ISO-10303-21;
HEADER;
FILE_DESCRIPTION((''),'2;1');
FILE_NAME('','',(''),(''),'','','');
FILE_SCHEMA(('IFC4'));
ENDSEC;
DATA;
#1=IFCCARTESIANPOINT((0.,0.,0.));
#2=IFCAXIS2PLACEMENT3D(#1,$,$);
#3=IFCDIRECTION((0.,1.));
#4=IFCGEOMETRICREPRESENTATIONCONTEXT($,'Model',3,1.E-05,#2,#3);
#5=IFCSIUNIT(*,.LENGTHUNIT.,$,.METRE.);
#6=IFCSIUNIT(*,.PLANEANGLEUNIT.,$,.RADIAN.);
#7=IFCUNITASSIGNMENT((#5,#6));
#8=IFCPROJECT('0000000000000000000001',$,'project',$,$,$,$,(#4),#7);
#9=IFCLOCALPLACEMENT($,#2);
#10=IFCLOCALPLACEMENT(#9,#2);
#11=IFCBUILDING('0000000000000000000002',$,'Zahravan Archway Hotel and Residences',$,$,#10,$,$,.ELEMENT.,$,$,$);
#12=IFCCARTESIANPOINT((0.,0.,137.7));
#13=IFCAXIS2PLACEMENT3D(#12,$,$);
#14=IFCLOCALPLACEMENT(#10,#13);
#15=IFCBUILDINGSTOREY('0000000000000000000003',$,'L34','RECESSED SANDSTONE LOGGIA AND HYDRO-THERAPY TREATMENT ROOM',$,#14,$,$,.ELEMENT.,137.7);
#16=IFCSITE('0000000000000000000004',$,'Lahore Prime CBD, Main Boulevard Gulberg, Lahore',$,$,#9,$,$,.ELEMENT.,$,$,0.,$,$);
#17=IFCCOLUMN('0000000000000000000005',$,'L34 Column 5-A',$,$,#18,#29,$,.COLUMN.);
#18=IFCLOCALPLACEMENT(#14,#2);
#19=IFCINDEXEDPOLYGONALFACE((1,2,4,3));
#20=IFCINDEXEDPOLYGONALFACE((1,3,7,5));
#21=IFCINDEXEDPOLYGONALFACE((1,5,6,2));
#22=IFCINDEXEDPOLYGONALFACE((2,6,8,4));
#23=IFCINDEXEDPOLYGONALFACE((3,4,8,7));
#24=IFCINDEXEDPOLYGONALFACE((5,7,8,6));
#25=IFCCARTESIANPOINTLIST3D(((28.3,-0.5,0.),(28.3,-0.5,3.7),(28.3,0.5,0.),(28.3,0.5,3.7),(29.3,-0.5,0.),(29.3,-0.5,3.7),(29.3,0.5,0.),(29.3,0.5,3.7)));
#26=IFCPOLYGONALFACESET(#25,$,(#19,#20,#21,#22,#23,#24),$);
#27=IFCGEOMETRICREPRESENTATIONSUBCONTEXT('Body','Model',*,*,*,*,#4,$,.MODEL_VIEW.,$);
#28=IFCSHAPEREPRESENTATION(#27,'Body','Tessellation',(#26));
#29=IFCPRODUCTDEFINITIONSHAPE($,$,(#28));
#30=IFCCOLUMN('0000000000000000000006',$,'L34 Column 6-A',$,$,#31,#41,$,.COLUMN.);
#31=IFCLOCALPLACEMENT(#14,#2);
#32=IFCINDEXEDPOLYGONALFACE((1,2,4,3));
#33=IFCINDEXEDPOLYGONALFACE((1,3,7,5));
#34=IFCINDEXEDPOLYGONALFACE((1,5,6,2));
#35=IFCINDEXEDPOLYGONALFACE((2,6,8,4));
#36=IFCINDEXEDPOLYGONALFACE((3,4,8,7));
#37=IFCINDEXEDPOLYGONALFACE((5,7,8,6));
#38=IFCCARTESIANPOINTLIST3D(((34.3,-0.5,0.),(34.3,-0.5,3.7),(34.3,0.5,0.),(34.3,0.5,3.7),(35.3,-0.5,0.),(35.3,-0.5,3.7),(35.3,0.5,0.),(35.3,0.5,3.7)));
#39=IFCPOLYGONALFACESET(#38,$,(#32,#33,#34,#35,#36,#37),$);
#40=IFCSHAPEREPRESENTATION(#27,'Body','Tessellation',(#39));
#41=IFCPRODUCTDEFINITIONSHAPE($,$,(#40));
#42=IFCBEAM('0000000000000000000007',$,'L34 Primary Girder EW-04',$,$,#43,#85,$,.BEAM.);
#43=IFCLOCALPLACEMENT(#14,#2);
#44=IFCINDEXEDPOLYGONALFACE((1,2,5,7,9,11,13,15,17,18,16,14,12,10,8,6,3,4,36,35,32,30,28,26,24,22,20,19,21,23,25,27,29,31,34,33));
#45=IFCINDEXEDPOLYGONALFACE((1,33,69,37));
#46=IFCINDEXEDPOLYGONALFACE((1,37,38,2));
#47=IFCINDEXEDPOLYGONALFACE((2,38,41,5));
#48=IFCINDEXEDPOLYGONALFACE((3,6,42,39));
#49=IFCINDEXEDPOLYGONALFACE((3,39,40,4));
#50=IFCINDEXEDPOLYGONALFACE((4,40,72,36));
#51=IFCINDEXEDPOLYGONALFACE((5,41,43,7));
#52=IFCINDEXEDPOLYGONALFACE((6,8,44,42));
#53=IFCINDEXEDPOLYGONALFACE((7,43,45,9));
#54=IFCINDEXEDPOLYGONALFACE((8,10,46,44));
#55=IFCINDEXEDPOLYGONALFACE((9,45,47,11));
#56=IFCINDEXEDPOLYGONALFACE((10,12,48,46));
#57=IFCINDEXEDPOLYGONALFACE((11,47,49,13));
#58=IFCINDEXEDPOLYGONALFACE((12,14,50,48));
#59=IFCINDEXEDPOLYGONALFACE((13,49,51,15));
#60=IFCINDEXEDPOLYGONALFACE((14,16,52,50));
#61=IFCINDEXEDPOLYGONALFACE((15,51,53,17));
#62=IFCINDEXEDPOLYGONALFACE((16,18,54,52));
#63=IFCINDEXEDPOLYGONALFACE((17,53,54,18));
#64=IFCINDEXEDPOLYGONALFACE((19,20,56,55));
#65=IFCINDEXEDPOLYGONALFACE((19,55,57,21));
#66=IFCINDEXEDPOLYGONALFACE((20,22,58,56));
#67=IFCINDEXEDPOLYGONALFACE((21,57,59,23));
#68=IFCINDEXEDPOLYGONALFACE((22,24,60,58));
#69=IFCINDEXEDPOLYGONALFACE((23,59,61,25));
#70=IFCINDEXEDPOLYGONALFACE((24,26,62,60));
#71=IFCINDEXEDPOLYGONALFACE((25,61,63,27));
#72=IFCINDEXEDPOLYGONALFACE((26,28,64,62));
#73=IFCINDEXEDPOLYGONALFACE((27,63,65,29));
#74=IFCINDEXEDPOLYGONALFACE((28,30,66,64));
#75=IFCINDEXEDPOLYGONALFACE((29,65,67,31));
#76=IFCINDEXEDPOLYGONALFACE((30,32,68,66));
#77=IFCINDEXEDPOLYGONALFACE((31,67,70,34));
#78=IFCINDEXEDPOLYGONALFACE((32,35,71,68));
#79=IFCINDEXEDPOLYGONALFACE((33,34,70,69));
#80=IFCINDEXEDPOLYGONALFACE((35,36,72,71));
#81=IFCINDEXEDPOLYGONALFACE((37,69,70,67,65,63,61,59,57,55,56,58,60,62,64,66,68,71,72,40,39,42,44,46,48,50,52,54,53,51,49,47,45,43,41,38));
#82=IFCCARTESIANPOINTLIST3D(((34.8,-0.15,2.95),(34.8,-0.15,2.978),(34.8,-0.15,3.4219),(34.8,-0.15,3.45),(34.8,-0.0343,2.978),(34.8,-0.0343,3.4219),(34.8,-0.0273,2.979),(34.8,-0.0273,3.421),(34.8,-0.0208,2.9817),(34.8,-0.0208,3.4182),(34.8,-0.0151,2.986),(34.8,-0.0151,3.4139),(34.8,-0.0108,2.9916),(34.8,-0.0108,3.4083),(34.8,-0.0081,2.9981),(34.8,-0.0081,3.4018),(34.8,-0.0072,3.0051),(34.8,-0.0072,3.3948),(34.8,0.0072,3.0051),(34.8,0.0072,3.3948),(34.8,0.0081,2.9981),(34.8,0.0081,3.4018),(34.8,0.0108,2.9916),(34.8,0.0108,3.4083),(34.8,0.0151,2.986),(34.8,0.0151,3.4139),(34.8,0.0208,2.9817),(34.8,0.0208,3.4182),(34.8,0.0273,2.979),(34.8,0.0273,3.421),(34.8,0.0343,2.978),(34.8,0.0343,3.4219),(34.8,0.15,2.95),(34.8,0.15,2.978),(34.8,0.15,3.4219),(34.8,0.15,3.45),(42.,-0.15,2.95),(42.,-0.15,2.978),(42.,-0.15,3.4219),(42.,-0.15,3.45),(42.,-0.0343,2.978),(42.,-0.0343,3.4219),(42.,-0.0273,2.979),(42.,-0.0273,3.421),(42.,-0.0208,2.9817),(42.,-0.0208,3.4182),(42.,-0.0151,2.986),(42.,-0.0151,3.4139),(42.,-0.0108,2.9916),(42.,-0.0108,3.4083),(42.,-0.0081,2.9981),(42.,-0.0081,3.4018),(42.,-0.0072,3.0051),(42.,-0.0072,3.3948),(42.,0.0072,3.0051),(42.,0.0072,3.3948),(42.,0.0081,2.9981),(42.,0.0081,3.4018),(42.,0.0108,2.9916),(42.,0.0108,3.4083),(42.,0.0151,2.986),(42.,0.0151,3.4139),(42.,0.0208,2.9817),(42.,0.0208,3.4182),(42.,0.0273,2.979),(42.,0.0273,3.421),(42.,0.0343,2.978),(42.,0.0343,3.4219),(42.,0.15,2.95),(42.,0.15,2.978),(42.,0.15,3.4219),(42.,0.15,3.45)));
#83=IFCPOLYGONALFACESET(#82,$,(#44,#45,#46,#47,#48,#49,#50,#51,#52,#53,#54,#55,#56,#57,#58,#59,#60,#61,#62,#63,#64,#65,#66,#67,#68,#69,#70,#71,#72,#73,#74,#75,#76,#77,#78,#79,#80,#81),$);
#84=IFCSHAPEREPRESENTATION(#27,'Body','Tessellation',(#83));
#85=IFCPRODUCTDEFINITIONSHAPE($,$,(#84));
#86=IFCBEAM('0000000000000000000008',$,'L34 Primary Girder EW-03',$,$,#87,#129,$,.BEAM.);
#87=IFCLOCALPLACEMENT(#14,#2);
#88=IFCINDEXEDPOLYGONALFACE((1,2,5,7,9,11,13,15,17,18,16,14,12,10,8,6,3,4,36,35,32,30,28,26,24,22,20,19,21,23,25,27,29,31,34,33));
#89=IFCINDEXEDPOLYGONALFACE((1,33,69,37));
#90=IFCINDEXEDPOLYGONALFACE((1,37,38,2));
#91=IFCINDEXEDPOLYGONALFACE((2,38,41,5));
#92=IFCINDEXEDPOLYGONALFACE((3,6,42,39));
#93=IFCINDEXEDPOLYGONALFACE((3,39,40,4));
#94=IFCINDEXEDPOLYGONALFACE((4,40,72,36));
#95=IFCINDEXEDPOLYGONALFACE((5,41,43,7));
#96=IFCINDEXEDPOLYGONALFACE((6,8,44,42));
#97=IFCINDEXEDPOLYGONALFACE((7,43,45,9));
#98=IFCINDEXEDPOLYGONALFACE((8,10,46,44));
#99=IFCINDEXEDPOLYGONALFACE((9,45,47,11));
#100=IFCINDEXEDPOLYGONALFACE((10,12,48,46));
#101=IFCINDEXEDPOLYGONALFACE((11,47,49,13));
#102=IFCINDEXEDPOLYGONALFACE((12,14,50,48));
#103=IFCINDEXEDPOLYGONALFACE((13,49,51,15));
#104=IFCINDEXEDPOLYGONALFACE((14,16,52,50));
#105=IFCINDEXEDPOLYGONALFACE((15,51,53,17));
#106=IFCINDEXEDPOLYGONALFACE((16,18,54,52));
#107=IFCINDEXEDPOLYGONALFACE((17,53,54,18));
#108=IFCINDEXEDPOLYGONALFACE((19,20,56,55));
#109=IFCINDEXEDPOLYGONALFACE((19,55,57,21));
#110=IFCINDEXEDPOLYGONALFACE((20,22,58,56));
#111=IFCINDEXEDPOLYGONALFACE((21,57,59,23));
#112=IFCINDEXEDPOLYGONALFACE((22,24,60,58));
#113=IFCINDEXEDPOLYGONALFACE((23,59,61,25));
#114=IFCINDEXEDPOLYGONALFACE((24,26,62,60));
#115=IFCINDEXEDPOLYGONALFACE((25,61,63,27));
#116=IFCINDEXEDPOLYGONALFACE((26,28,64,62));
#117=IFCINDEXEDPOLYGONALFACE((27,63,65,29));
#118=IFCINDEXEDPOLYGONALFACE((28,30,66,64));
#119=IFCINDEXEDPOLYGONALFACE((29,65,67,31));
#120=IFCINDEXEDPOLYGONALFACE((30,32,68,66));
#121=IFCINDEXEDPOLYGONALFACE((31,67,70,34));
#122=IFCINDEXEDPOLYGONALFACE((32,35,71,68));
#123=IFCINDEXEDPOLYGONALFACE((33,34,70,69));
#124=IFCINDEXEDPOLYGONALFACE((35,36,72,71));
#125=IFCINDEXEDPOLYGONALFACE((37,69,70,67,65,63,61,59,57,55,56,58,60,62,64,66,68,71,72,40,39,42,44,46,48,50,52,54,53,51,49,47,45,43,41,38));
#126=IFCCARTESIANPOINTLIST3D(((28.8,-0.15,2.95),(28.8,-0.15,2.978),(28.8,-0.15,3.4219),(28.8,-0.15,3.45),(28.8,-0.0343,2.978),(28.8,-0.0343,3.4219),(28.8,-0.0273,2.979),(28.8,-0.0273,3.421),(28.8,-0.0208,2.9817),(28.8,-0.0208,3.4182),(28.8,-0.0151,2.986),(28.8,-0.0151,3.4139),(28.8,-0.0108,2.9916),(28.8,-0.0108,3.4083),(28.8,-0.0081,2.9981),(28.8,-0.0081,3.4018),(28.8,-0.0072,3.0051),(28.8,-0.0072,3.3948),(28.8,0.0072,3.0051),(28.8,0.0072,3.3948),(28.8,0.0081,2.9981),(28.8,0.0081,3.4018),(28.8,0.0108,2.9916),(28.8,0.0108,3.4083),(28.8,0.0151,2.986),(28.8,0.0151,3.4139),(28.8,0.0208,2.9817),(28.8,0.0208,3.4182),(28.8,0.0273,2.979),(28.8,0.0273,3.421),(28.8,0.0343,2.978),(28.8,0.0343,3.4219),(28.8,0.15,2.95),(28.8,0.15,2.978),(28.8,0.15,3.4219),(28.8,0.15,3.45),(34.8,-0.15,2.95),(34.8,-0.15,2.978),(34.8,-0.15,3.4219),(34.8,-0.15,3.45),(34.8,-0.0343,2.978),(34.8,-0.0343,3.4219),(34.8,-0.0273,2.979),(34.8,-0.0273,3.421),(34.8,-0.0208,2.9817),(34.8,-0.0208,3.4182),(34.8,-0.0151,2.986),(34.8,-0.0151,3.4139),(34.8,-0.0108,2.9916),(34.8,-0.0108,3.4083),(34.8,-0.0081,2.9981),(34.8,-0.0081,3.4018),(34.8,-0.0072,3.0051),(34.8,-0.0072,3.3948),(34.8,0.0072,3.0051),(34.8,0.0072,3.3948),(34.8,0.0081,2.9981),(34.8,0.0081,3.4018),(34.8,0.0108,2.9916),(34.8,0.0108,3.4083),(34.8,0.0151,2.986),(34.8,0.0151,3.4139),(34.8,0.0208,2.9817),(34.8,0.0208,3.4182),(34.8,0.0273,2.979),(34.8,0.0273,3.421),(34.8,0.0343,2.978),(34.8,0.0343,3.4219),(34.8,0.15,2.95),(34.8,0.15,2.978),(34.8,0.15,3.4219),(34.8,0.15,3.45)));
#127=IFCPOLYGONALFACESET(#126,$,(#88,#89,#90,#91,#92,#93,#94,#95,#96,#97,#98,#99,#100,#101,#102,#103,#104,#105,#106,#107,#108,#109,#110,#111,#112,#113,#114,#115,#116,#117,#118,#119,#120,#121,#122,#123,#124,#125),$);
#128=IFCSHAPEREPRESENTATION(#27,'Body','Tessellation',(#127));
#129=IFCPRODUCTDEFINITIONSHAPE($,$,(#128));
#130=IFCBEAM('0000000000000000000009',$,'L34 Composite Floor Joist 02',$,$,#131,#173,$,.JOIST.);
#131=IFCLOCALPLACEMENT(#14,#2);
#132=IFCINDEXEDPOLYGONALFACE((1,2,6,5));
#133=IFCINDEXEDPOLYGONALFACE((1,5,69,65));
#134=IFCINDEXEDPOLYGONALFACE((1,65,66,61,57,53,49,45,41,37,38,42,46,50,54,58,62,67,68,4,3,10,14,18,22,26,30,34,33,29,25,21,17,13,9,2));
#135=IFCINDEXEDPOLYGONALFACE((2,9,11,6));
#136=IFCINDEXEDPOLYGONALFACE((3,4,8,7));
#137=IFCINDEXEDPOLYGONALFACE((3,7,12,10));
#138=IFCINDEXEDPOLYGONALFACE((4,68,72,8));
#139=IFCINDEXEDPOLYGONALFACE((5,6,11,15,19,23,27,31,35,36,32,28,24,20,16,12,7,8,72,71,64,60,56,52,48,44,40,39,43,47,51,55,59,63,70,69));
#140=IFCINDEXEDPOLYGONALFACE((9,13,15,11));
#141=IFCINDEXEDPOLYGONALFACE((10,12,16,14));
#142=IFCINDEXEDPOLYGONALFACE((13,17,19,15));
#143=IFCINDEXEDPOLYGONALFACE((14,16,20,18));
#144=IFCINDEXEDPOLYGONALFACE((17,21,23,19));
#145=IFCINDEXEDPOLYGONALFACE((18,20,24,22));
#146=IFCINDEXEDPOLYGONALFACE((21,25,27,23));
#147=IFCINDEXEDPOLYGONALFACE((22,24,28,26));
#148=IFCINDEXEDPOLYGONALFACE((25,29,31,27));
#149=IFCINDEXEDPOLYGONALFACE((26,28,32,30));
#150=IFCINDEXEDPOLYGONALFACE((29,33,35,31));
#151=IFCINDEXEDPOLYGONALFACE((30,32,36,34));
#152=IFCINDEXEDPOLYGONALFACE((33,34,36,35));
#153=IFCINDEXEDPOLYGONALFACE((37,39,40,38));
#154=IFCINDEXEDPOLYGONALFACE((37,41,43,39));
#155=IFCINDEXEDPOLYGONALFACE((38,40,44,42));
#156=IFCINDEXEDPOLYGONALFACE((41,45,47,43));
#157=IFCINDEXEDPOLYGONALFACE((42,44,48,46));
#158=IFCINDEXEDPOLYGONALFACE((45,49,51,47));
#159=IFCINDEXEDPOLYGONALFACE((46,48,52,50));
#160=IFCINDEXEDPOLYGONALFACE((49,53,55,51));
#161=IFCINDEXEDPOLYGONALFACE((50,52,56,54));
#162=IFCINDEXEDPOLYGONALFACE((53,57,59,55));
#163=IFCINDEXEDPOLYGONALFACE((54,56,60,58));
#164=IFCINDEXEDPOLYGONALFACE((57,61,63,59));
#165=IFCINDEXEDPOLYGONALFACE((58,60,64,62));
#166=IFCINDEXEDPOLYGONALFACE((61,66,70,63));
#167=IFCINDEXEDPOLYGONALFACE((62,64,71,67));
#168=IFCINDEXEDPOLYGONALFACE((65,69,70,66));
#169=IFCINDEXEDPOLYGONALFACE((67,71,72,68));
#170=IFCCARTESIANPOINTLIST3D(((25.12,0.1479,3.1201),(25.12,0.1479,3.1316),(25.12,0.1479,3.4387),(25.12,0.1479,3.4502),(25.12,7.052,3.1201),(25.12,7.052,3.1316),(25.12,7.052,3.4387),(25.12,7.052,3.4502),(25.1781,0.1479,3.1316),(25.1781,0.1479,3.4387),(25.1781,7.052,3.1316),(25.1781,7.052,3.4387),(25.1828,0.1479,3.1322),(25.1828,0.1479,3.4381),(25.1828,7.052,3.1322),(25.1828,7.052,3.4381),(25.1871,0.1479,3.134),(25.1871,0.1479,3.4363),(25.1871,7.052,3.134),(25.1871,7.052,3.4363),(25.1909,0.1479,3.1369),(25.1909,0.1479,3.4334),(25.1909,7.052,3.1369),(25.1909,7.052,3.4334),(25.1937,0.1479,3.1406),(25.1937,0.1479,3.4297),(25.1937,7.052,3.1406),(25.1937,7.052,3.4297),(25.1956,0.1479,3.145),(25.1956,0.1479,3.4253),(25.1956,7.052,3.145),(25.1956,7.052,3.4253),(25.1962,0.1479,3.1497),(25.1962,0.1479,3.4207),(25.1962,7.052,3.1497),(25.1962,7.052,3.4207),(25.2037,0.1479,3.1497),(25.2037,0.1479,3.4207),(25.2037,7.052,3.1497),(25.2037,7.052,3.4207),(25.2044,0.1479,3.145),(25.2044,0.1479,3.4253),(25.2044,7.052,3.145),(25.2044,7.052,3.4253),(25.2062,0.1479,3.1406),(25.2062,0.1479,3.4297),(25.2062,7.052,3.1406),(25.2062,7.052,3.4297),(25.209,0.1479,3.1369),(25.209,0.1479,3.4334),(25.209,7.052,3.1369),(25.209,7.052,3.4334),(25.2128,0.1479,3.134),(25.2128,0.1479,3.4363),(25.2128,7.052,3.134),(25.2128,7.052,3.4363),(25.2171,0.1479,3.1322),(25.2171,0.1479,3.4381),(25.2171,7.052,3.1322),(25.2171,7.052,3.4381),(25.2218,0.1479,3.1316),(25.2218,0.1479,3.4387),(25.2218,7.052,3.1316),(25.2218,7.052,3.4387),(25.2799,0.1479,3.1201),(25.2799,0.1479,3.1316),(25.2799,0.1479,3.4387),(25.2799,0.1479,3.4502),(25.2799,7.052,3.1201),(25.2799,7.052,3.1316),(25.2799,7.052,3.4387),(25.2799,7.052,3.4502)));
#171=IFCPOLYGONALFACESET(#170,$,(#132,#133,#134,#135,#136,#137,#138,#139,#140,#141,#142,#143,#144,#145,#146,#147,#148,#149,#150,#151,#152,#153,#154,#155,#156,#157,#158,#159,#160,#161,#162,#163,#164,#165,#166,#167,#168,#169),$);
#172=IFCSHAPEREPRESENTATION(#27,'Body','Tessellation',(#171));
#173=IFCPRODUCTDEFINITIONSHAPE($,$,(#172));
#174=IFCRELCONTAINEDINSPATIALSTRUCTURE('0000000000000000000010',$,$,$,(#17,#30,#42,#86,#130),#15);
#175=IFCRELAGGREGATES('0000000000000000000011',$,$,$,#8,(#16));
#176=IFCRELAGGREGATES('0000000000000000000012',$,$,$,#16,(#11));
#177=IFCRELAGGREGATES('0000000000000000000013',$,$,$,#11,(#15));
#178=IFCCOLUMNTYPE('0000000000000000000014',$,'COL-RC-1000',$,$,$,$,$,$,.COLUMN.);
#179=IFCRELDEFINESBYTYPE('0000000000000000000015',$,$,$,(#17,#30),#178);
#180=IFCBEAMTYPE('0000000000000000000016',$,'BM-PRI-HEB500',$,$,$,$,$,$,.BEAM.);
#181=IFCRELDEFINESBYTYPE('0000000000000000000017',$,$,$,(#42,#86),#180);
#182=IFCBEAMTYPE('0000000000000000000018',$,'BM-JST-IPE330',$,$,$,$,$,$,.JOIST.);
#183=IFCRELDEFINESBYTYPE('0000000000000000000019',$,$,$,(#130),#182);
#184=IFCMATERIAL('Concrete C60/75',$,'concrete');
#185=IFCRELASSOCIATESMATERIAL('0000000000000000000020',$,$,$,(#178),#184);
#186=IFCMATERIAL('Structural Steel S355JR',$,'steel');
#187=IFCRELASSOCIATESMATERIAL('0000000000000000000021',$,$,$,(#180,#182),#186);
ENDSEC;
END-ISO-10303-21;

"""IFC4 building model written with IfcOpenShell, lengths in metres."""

from ifc_helpers import new_model, si_unit, direction, frame, origin, origin_2d, place, context, subcontext, project, spatial, rectangle, i_section, extrude, source, transform, mapped, material, material_profile, profile_set, type_object, type_shapes, element, save


model = new_model("IFC4")

# Units and contexts
model_context = context("Model", 3, precision=1e-05, world=origin(), true_north=direction((0.0, 1.0)))
body_context = subcontext(model_context, "Body", "Model", "MODEL_VIEW")
ifc_project = project(units=[si_unit("LENGTHUNIT", "METRE"), si_unit("PLANEANGLEUNIT", "RADIAN")], contexts=[model_context])

# Site, building, storey
site_placement = place(None, origin())
site = spatial("IfcSite", under=ifc_project, at=site_placement, Name="Lahore Prime CBD, Main Boulevard Gulberg, Lahore", CompositionType="ELEMENT", RefElevation=0.0)
building_placement = place(site_placement, origin())
building = spatial("IfcBuilding", under=site, at=building_placement, Name="Zahravan Archway Hotel and Residences", CompositionType="ELEMENT")
storey_placement = place(building_placement, frame((0.0, 0.0, 137.7)))
storey = spatial("IfcBuildingStorey", under=building, at=storey_placement, Name="L34", Description="RECESSED SANDSTONE LOGGIA AND HYDRO-THERAPY TREATMENT ROOM", CompositionType="ELEMENT", Elevation=137.7)

# Columns
ifc_material_1 = material(Name="Concrete C60/75", Category="concrete")
ifc_material_profile_1 = material_profile(ifc_material_1, rectangle(XDim=1.0, YDim=1.0, at=origin_2d()), Name="RC-COL-1000x1000", Category="concrete")
ifc_profile_set_1 = profile_set([ifc_material_profile_1], Name="Concrete C60/75")
column_type = type_object("IfcColumnType", Name="COL-RC-1000", PredefinedType="COLUMN", material=ifc_profile_set_1)
shared_shape_1 = source(origin(), body_context, "Body", "SweptSolid", [
    extrude(rectangle(XDim=1.0, YDim=1.0, at=origin_2d()), origin(), (0.0, 0.0, 1.0), 3.7),
])
type_shapes(column_type, [shared_shape_1])
for number, where, z_axis, x_axis, name in (
    (1, (28.8, 0.0, 0.0), (0.0, 0.0, 1.0), (1.0, 0.0, 0.0), "L34 Column 5-A"),
    (2, (34.8, 0.0, 0.0), (0.0, 0.0, 1.0), (1.0, 0.0, 0.0), "L34 Column 6-A"),
):
    element("IfcColumn", number, at=place(storey_placement, frame(where, z_axis=z_axis, x_axis=x_axis)), inside=storey, type_object=column_type, Name=name, PredefinedType="COLUMN", context=body_context, shape_type="MappedRepresentation", body=[
        mapped(shared_shape_1, transform((0.0, 0.0, 0.0), scale=1.0)),
    ])

# Beams
ifc_material_2 = material(Name="Structural Steel S355JR", Category="steel")
ifc_material_profile_2 = material_profile(ifc_material_2, i_section(OverallWidth=0.3, OverallDepth=0.5, WebThickness=0.0144, FlangeThickness=0.0281, FilletRadius=0.0271, at=origin_2d()), Name="HEB 500", Category="steel")
ifc_profile_set_2 = profile_set([ifc_material_profile_2], Name="Structural Steel S355JR")
beam_type_1 = type_object("IfcBeamType", Name="BM-PRI-HEB500", PredefinedType="BEAM", material=ifc_profile_set_2)
shared_shape_2 = source(origin(), body_context, "Body", "SweptSolid", [
    extrude(i_section(OverallWidth=0.3, OverallDepth=0.5, WebThickness=0.0144, FlangeThickness=0.0281, FilletRadius=0.0271, at=origin_2d()), origin(), (0.0, 0.0, 1.0), 7.2),
])
beam_1_placement = place(storey_placement, frame((34.8, 0.0, 3.2), z_axis=(1.0, 0.0, 0.0), x_axis=(0.0, 1.0, 0.0)))
element("IfcBeam", 3, at=beam_1_placement, inside=storey, type_object=beam_type_1, Name="L34 Primary Girder EW-04", PredefinedType="BEAM", context=body_context, shape_type="MappedRepresentation", body=[
    mapped(shared_shape_2, transform((0.0, 0.0, 0.0), scale=1.0)),
])
shared_shape_3 = source(origin(), body_context, "Body", "SweptSolid", [
    extrude(i_section(OverallWidth=0.3, OverallDepth=0.5, WebThickness=0.0144, FlangeThickness=0.0281, FilletRadius=0.0271, at=origin_2d()), origin(), (0.0, 0.0, 1.0), 6.0),
])
beam_2_placement = place(storey_placement, frame((28.8, 0.0, 3.2), z_axis=(1.0, 0.0, 0.0), x_axis=(0.0, 1.0, 0.0)))
element("IfcBeam", 4, at=beam_2_placement, inside=storey, type_object=beam_type_1, Name="L34 Primary Girder EW-03", PredefinedType="BEAM", context=body_context, shape_type="MappedRepresentation", body=[
    mapped(shared_shape_3, transform((0.0, 0.0, 0.0), scale=1.0)),
])
ifc_material_profile_3 = material_profile(ifc_material_2, i_section(OverallWidth=0.1599, OverallDepth=0.3301, WebThickness=0.0076, FlangeThickness=0.0115, FilletRadius=0.0181, at=origin_2d()), Name="IPE 330", Category="steel")
ifc_profile_set_3 = profile_set([ifc_material_profile_3], Name="Structural Steel S355JR")
beam_type_2 = type_object("IfcBeamType", Name="BM-JST-IPE330", PredefinedType="JOIST", material=ifc_profile_set_3)
shared_shape_4 = source(origin(), body_context, "Body", "SweptSolid", [
    extrude(i_section(OverallWidth=0.1599, OverallDepth=0.3301, WebThickness=0.0076, FlangeThickness=0.0115, FilletRadius=0.0181, at=origin_2d()), origin(), (0.0, 0.0, 1.0), 6.9041),
])
type_shapes(beam_type_2, [shared_shape_4])
for number, where, z_axis, x_axis, name in (
    (5, (25.2, 0.1479, 3.2852), (0.0, 1.0, 0.0), (-1.0, 0.0, 0.0), "L34 Composite Floor Joist 02"),
):
    element("IfcBeam", number, at=place(storey_placement, frame(where, z_axis=z_axis, x_axis=x_axis)), inside=storey, type_object=beam_type_2, Name=name, PredefinedType="JOIST", context=body_context, shape_type="MappedRepresentation", body=[
        mapped(shared_shape_4, transform((0.0, 0.0, 0.0), scale=1.0)),
    ])

save(model, "model.ifc")
